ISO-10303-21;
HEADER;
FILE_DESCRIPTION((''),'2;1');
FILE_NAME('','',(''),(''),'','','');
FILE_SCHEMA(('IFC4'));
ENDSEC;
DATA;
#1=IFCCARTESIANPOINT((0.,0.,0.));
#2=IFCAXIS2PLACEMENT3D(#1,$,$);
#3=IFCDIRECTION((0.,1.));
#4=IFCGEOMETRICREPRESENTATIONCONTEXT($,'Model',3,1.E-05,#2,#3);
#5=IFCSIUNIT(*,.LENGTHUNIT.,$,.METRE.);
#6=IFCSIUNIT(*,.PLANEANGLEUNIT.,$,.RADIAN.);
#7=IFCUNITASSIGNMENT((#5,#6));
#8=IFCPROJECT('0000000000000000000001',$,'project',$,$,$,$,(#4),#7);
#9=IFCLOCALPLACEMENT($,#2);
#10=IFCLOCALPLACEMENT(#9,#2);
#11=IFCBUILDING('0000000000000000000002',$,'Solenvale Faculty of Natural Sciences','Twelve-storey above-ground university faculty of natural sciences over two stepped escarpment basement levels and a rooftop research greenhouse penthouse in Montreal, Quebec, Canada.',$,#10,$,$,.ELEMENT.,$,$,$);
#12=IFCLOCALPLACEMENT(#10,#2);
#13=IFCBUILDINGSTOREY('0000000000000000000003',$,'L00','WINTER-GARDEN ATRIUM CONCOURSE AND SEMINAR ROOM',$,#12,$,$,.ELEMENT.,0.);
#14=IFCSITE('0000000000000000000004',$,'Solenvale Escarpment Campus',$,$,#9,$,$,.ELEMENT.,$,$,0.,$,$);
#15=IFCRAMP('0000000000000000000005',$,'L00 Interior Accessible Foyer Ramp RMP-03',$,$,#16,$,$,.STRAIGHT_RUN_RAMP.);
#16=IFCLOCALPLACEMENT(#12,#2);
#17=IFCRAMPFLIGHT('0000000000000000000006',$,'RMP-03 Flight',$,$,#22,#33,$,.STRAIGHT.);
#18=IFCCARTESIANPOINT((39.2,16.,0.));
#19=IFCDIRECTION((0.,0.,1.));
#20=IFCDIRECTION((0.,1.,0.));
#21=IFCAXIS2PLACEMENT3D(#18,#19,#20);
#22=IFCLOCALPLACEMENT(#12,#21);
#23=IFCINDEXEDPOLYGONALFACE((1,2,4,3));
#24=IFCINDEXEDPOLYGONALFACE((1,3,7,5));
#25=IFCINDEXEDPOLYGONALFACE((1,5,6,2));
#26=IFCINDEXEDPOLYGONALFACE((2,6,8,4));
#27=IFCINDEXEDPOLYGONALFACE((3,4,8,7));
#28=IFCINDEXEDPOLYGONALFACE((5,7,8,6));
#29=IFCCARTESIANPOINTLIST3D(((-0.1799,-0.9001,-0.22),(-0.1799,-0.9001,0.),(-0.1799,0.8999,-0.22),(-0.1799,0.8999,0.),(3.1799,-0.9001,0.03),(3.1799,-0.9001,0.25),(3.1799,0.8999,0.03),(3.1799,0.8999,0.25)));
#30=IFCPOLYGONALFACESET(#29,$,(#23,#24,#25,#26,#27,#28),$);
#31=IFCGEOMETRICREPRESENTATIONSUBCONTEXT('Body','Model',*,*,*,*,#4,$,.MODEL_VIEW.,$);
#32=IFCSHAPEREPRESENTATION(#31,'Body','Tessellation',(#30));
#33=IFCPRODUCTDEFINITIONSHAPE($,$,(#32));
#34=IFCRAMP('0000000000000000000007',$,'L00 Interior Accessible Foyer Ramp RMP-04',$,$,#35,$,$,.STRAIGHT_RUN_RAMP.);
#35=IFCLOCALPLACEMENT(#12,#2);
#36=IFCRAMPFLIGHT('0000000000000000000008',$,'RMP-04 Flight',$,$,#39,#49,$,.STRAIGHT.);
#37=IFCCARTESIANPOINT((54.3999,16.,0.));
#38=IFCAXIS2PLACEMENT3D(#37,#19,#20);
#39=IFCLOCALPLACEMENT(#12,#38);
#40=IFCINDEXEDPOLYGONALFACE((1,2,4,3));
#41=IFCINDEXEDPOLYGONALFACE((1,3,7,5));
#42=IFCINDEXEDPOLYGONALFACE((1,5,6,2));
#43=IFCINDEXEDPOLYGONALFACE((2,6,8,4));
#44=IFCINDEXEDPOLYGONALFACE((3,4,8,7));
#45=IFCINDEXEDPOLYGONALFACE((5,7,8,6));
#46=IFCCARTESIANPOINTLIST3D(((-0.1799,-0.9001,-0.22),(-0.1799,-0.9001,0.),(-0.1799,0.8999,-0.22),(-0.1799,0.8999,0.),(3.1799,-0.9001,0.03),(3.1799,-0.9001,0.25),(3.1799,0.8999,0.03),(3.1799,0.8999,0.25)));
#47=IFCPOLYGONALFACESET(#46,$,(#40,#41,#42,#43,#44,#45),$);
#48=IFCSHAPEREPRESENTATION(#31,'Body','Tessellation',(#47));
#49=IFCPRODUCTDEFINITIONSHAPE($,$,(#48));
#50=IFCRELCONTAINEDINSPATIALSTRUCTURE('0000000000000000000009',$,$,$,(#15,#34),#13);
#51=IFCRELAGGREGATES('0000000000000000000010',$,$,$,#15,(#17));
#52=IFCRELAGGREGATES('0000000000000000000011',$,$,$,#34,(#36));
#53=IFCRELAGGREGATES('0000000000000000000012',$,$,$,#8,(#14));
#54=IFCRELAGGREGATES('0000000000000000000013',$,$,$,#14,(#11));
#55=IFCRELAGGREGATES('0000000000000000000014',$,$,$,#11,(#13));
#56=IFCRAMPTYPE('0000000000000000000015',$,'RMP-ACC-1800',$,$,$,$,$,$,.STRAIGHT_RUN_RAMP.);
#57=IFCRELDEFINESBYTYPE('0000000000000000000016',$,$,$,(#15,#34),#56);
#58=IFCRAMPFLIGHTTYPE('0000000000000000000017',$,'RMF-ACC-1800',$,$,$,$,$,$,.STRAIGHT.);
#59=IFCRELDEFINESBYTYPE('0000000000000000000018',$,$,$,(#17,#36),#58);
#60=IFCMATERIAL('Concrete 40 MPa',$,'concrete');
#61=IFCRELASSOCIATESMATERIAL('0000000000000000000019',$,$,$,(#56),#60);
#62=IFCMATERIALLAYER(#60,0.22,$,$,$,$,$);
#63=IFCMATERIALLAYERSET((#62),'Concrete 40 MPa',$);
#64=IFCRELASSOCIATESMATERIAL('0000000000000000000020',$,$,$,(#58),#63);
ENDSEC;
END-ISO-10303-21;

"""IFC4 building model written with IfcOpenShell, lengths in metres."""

from ifc_helpers import new_model, si_unit, direction, frame, origin, place, context, subcontext, project, spatial, polyline, outline, extrude, material, layer, layer_set, type_object, element, aggregate, save


model = new_model("IFC4")

# Units and contexts
model_context = context("Model", 3, precision=1e-05, world=origin(), true_north=direction((0.0, 1.0)))
body_context = subcontext(model_context, "Body", "Model", "MODEL_VIEW")
ifc_project = project(units=[si_unit("LENGTHUNIT", "METRE"), si_unit("PLANEANGLEUNIT", "RADIAN")], contexts=[model_context])

# Site, building, storey
site_placement = place(None, origin())
site = spatial("IfcSite", under=ifc_project, at=site_placement, Name="Solenvale Escarpment Campus", CompositionType="ELEMENT", RefElevation=0.0)
building_placement = place(site_placement, origin())
building = spatial("IfcBuilding", under=site, at=building_placement, Name="Solenvale Faculty of Natural Sciences", Description="Twelve-storey above-ground university faculty of natural sciences over two stepped escarpment basement levels and a rooftop research greenhouse penthouse in Montreal, Quebec, Canada.", CompositionType="ELEMENT")
storey_placement = place(building_placement, origin())
storey = spatial("IfcBuildingStorey", under=building, at=storey_placement, Name="L00", Description="WINTER-GARDEN ATRIUM CONCOURSE AND SEMINAR ROOM", CompositionType="ELEMENT", Elevation=0.0)

# Shared definitions
ifc_material_1 = material(Name="Concrete 40 MPa", Category="concrete")

# Ramps, ramp flights
ramp_type = type_object("IfcRampType", Name="RMP-ACC-1800", PredefinedType="STRAIGHT_RUN_RAMP", material=ifc_material_1)
ramp_1_placement = place(storey_placement, origin())
ramp_1 = element("IfcRamp", 1, at=ramp_1_placement, inside=storey, type_object=ramp_type, Name="L00 Interior Accessible Foyer Ramp RMP-03", PredefinedType="STRAIGHT_RUN_RAMP")
ifc_layer_1 = layer(ifc_material_1, 0.22)
ifc_layer_set_1 = layer_set([ifc_layer_1], Name="Concrete 40 MPa")
ramp_flight_type = type_object("IfcRampFlightType", Name="RMF-ACC-1800", PredefinedType="STRAIGHT", material=ifc_layer_set_1)
ramp_flight_1_placement = place(storey_placement, frame((39.2, 16.0, 0.0), z_axis=(0.0, 0.0, 1.0), x_axis=(0.0, 1.0, 0.0)))
ramp_flight_1 = element("IfcRampFlight", 2, at=ramp_flight_1_placement, type_object=ramp_flight_type, Name="RMP-03 Flight", PredefinedType="STRAIGHT", context=body_context, shape_type="SweptSolid", body=[
    extrude(outline(polyline([(-0.1799, 0.0), (3.1799, 0.25), (3.1799, 0.03), (-0.1799, -0.22), (-0.1799, 0.0)])), frame((0.0, 0.8999, 0.0), z_axis=(0.0, -1.0, 0.0), x_axis=(1.0, 0.0, 0.0)), (0.0, 0.0, 1.0), 1.8),
])
aggregate(ramp_1, [ramp_flight_1])
ramp_2_placement = place(storey_placement, origin())
ramp_2 = element("IfcRamp", 3, at=ramp_2_placement, inside=storey, type_object=ramp_type, Name="L00 Interior Accessible Foyer Ramp RMP-04", PredefinedType="STRAIGHT_RUN_RAMP")
ramp_flight_2_placement = place(storey_placement, frame((54.3999, 16.0, 0.0), z_axis=(0.0, 0.0, 1.0), x_axis=(0.0, 1.0, 0.0)))
ramp_flight_2 = element("IfcRampFlight", 4, at=ramp_flight_2_placement, type_object=ramp_flight_type, Name="RMP-04 Flight", PredefinedType="STRAIGHT", context=body_context, shape_type="SweptSolid", body=[
    extrude(outline(polyline([(-0.1799, 0.0), (3.1799, 0.25), (3.1799, 0.03), (-0.1799, -0.22), (-0.1799, 0.0)])), frame((0.0, 0.8999, 0.0), z_axis=(0.0, -1.0, 0.0), x_axis=(1.0, 0.0, 0.0)), (0.0, 0.0, 1.0), 1.8),
])
aggregate(ramp_2, [ramp_flight_2])

save(model, "model.ifc")
